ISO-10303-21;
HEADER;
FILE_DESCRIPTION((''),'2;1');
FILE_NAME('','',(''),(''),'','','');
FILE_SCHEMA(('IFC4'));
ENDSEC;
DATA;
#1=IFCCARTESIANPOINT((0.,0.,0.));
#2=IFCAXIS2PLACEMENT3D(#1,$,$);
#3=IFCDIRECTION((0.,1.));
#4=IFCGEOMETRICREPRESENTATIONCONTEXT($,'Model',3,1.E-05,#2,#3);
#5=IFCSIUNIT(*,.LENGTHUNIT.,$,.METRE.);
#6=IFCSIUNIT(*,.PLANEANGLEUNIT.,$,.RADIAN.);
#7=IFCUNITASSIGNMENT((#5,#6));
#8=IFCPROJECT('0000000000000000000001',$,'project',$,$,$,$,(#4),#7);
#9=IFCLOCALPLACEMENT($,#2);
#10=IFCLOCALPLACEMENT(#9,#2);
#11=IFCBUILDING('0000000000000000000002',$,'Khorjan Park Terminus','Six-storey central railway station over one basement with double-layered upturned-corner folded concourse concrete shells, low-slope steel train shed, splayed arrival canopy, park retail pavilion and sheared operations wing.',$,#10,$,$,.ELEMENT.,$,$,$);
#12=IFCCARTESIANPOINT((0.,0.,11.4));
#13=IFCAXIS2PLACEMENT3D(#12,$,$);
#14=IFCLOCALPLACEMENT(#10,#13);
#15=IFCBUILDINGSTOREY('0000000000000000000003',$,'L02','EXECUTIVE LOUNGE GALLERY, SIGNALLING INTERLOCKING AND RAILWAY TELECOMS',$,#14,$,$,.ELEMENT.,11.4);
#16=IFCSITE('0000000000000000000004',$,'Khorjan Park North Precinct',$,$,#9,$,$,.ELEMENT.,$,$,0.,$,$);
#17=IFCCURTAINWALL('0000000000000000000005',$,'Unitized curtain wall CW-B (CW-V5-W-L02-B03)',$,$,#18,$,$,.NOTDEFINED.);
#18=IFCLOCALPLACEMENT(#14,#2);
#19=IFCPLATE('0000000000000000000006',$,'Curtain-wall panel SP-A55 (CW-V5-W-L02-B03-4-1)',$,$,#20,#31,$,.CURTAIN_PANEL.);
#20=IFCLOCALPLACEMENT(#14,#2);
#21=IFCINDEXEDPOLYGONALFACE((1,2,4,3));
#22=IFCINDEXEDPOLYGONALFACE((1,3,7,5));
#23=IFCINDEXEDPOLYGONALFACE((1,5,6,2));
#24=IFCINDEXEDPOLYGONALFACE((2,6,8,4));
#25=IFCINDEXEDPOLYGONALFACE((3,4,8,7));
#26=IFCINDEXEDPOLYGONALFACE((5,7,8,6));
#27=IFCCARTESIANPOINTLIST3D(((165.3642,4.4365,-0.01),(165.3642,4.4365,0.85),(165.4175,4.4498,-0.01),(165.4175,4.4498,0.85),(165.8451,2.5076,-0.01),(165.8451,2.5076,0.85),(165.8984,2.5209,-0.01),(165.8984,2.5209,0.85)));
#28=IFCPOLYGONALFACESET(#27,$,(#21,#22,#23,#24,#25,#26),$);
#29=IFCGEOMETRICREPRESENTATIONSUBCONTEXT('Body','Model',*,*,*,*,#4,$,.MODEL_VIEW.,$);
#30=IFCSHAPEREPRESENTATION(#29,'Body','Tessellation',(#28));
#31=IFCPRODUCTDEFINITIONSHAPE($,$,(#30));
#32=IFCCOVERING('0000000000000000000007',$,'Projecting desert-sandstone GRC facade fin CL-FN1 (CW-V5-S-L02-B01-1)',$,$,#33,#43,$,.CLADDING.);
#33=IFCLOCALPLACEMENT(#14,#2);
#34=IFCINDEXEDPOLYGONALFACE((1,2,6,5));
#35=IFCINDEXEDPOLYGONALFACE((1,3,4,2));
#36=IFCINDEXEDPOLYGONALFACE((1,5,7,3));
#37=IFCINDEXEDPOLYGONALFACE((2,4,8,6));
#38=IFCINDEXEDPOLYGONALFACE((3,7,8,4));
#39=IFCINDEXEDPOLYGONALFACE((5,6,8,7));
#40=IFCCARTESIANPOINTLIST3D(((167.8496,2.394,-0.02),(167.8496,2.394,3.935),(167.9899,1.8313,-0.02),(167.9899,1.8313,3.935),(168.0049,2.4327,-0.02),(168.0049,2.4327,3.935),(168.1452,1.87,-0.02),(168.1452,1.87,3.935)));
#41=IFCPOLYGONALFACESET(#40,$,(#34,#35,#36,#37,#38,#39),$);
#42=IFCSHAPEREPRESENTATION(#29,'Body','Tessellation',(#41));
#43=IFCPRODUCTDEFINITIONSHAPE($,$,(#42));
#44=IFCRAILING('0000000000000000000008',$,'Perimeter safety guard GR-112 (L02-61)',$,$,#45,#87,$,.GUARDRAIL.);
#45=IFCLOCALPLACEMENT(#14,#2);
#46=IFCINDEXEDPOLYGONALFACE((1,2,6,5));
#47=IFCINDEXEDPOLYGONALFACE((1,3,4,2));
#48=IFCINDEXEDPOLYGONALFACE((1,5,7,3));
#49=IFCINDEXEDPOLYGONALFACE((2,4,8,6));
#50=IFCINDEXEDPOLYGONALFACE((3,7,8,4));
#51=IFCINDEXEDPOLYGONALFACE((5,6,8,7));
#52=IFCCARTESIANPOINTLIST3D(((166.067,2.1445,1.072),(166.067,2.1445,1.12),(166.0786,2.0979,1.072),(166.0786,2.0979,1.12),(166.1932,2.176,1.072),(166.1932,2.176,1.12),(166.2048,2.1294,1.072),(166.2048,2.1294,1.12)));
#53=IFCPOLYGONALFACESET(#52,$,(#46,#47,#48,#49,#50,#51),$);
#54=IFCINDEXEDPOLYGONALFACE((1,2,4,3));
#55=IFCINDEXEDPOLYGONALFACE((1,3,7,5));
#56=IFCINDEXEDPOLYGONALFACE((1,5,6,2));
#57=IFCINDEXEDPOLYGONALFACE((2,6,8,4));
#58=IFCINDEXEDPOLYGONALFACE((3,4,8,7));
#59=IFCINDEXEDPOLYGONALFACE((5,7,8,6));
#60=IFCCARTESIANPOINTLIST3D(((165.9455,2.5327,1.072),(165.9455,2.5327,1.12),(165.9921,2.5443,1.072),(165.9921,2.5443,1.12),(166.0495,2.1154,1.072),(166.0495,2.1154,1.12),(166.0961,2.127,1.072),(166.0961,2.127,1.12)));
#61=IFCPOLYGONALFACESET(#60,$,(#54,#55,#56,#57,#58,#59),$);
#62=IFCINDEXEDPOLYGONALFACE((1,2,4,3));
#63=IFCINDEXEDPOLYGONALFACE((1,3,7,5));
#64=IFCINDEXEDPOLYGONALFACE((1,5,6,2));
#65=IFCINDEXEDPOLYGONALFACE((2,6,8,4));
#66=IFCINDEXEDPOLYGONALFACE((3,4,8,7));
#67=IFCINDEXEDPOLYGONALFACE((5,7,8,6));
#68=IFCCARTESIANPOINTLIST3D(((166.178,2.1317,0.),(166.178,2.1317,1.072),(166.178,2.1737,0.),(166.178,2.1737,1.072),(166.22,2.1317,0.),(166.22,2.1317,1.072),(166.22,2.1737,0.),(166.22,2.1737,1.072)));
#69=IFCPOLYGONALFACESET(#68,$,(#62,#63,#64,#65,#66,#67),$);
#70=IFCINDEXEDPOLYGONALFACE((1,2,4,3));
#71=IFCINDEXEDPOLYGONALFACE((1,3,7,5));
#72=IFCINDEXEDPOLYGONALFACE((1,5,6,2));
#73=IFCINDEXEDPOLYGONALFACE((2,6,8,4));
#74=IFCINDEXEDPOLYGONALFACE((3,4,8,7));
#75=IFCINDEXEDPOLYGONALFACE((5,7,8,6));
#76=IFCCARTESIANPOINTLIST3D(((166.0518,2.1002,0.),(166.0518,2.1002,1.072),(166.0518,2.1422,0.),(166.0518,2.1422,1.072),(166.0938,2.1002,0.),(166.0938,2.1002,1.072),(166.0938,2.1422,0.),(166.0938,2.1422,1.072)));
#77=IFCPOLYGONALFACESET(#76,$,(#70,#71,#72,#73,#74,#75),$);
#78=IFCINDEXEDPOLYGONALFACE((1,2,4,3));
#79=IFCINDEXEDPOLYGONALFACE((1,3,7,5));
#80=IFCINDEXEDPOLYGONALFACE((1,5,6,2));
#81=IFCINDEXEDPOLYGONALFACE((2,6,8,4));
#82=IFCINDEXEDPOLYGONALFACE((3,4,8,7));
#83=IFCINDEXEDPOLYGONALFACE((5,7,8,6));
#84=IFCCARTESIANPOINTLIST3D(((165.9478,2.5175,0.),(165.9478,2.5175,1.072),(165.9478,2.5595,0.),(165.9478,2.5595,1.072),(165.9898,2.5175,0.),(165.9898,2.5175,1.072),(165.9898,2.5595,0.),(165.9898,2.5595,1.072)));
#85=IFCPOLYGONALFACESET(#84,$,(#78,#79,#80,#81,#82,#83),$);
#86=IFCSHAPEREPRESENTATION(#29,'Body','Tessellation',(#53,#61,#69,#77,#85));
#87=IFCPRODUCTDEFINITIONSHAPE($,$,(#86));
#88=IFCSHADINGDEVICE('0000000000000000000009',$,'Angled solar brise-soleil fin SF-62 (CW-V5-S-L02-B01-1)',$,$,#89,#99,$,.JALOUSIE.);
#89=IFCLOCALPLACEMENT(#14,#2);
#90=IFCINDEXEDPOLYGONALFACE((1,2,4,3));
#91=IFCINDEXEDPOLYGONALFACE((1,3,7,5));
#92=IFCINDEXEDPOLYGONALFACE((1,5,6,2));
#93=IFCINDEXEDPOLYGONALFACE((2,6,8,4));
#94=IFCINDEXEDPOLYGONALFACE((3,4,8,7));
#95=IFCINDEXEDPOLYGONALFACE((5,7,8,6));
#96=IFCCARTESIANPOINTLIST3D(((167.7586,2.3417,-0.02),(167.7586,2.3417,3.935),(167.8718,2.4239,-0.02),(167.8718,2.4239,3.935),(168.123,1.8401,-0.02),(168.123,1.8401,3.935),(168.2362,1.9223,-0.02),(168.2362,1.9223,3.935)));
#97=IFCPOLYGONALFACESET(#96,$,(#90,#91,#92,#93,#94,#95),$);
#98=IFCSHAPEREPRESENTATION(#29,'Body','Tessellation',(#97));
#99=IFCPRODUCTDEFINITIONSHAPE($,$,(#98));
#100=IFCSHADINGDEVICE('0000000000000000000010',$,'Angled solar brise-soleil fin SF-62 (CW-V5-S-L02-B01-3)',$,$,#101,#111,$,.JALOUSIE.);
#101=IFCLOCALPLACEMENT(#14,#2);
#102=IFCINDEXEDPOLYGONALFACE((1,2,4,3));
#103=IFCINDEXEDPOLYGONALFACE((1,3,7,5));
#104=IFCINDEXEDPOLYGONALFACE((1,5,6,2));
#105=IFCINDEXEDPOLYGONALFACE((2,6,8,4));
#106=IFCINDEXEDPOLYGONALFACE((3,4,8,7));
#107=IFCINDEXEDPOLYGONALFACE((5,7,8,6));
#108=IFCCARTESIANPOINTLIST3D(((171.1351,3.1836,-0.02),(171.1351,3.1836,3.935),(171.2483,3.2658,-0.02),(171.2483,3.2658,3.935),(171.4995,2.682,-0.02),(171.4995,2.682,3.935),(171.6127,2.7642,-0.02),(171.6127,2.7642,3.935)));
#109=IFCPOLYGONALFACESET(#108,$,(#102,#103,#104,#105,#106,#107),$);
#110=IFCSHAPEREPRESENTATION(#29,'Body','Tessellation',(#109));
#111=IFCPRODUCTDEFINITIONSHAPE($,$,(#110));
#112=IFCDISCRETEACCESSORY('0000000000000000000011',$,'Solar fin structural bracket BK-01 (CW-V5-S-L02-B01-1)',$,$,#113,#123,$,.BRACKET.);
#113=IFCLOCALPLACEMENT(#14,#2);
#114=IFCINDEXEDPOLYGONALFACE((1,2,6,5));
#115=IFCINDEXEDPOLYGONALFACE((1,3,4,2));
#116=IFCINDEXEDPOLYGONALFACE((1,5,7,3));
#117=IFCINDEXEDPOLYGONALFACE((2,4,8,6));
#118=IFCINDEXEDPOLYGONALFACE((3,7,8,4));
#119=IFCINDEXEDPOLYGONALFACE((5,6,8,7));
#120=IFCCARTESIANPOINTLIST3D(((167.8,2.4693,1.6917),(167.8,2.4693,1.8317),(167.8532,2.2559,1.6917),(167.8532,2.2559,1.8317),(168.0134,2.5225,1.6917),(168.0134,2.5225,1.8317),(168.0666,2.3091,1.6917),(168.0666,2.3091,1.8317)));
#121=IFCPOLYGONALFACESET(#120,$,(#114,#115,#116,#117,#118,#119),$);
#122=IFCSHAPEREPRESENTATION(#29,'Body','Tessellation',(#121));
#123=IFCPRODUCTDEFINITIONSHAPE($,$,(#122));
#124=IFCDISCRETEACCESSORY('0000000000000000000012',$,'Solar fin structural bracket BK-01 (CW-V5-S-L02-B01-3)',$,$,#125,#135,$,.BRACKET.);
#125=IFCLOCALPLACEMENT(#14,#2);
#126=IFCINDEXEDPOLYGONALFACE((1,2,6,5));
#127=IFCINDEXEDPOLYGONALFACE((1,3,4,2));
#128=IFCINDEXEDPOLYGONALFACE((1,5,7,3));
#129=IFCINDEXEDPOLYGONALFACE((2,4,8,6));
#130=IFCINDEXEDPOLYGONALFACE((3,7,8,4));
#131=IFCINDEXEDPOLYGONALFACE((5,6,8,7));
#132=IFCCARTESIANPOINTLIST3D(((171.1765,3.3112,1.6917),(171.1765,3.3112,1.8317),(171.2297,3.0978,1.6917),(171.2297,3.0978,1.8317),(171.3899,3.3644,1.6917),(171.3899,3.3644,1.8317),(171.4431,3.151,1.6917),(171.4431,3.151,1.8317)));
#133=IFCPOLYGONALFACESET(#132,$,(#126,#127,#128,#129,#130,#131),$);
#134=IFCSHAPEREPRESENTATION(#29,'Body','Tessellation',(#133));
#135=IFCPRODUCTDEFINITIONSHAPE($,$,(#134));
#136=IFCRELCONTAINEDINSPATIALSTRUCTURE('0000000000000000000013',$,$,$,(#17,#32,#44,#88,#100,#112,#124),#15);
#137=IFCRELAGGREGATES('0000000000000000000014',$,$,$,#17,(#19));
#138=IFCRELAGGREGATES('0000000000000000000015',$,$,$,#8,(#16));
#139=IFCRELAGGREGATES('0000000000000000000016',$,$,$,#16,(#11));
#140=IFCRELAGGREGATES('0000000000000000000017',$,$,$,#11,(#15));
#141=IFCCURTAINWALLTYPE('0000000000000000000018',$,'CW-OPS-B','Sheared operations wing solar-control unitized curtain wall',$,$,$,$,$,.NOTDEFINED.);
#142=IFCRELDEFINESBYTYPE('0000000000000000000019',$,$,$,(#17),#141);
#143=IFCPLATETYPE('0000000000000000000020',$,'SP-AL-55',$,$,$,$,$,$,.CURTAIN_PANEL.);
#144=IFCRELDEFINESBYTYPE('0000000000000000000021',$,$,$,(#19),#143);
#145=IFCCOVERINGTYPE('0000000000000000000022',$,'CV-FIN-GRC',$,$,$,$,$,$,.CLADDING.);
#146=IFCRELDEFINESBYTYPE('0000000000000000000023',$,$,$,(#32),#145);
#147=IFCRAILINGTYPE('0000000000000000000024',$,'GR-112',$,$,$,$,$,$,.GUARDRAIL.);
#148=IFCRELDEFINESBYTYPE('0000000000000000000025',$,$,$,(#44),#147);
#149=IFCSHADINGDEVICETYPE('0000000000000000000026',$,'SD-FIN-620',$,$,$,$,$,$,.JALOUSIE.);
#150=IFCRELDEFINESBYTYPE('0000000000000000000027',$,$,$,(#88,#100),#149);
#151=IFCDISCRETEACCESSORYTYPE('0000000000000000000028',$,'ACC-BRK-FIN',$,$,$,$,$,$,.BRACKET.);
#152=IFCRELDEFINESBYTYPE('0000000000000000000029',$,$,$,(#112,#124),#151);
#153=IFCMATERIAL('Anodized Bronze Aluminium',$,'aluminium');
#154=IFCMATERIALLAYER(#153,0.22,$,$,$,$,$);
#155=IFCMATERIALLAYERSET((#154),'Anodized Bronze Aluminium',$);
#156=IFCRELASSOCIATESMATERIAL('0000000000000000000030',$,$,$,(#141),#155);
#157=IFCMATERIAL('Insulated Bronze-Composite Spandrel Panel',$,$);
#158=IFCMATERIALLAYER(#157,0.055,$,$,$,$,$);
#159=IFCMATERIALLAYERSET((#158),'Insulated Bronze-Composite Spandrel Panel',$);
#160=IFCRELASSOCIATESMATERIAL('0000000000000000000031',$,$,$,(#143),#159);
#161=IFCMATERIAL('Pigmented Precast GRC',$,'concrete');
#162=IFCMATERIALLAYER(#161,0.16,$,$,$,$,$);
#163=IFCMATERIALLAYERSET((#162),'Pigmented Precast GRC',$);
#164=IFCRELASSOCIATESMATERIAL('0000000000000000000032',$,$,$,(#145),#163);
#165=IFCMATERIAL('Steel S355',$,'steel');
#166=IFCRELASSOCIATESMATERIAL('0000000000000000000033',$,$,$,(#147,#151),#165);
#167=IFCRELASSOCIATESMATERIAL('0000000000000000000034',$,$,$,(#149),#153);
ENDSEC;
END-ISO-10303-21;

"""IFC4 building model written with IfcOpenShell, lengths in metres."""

from ifc_helpers import new_model, si_unit, direction, frame, origin, origin_2d, place, context, subcontext, project, spatial, rectangle, extrude, material, layer, layer_set, type_object, element, aggregate, save


model = new_model("IFC4")

# Units and contexts
model_context = context("Model", 3, precision=1e-05, world=origin(), true_north=direction((0.0, 1.0)))
body_context = subcontext(model_context, "Body", "Model", "MODEL_VIEW")
ifc_project = project(units=[si_unit("LENGTHUNIT", "METRE"), si_unit("PLANEANGLEUNIT", "RADIAN")], contexts=[model_context])

# Site, building, storey
site_placement = place(None, origin())
site = spatial("IfcSite", under=ifc_project, at=site_placement, Name="Khorjan Park North Precinct", CompositionType="ELEMENT", RefElevation=0.0)
building_placement = place(site_placement, origin())
building = spatial("IfcBuilding", under=site, at=building_placement, Name="Khorjan Park Terminus", Description="Six-storey central railway station over one basement with double-layered upturned-corner folded concourse concrete shells, low-slope steel train shed, splayed arrival canopy, park retail pavilion and sheared operations wing.", CompositionType="ELEMENT")
storey_placement = place(building_placement, frame((0.0, 0.0, 11.4)))
storey = spatial("IfcBuildingStorey", under=building, at=storey_placement, Name="L02", Description="EXECUTIVE LOUNGE GALLERY, SIGNALLING INTERLOCKING AND RAILWAY TELECOMS", CompositionType="ELEMENT", Elevation=11.4)

# Shared definitions
ifc_material_1 = material(Name="Steel S355", Category="steel")

# Shared definitions
ifc_material_2 = material(Name="Anodized Bronze Aluminium", Category="aluminium")
ifc_layer_1 = layer(ifc_material_2, 0.22)
ifc_layer_set_1 = layer_set([ifc_layer_1], Name="Anodized Bronze Aluminium")
curtain_wall_type = type_object("IfcCurtainWallType", Name="CW-OPS-B", Description="Sheared operations wing solar-control unitized curtain wall", PredefinedType="NOTDEFINED", material=ifc_layer_set_1)

# Curtain wall
curtain_wall_1_placement = place(storey_placement, origin())
curtain_wall_1 = element("IfcCurtainWall", 1, at=curtain_wall_1_placement, inside=storey, type_object=curtain_wall_type, Name="Unitized curtain wall CW-B (CW-V5-W-L02-B03)", PredefinedType="NOTDEFINED")

# Plate
ifc_material_3 = material(Name="Insulated Bronze-Composite Spandrel Panel")
ifc_layer_2 = layer(ifc_material_3, 0.055)
ifc_layer_set_2 = layer_set([ifc_layer_2], Name="Insulated Bronze-Composite Spandrel Panel")
plate_type_1 = type_object("IfcPlateType", Name="SP-AL-55", PredefinedType="CURTAIN_PANEL", material=ifc_layer_set_2)
plate_1_placement = place(storey_placement, frame((165.6313, 3.4787, -0.01), z_axis=(0.0, 0.0, 1.0), x_axis=(0.24192, -0.970296, 0.0)))
plate_1 = element("IfcPlate", 2, at=plate_1_placement, type_object=plate_type_1, Name="Curtain-wall panel SP-A55 (CW-V5-W-L02-B03-4-1)", PredefinedType="CURTAIN_PANEL", context=body_context, shape_type="SweptSolid", body=[
    extrude(rectangle(XDim=1.9879, YDim=0.055, at=origin_2d()), origin(), (0.0, 0.0, 1.0), 0.86),
])
aggregate(curtain_wall_1, [plate_1])

# Covering
ifc_material_4 = material(Name="Pigmented Precast GRC", Category="concrete")
ifc_layer_3 = layer(ifc_material_4, 0.16)
ifc_layer_set_3 = layer_set([ifc_layer_3], Name="Pigmented Precast GRC")
covering_type = type_object("IfcCoveringType", Name="CV-FIN-GRC", PredefinedType="CLADDING", material=ifc_layer_set_3)
covering_placement = place(storey_placement, frame((167.9974, 2.132, -0.02), z_axis=(0.0, 0.0, 1.0), x_axis=(-0.241922, 0.970296, 0.0)))
element("IfcCovering", 3, at=covering_placement, inside=storey, type_object=covering_type, Name="Projecting desert-sandstone GRC facade fin CL-FN1 (CW-V5-S-L02-B01-1)", PredefinedType="CLADDING", context=body_context, shape_type="SweptSolid", body=[
    extrude(rectangle(XDim=0.58, YDim=0.16, at=origin_2d()), origin(), (0.0, 0.0, 1.0), 3.955),
])

# Railing
railing_type = type_object("IfcRailingType", Name="GR-112", PredefinedType="GUARDRAIL", material=ifc_material_1)
railing_placement = place(storey_placement, frame((166.199, 2.1527, 0.0)))
element("IfcRailing", 4, at=railing_placement, inside=storey, type_object=railing_type, Name="Perimeter safety guard GR-112 (L02-61)", PredefinedType="GUARDRAIL", context=body_context, shape_type="SweptSolid", body=[
    extrude(rectangle(XDim=0.048, YDim=0.048, at=origin_2d()), frame((0.0, 0.0, 1.096), z_axis=(-0.970233, -0.242174, 0.0), x_axis=(0.242174, -0.970233, 0.0)), (0.0, 0.0, 1.0), 0.1301),
    extrude(rectangle(XDim=0.048, YDim=0.048, at=origin_2d()), frame((-0.1262, -0.0315, 1.096), z_axis=(-0.241824, 0.97032, 0.0), x_axis=(-0.97032, -0.241824, 0.0)), (0.0, 0.0, 1.0), 0.4301),
    extrude(rectangle(XDim=0.042, YDim=0.042, at=origin_2d()), origin(), (0.0, 0.0, 1.0), 1.072),
    extrude(rectangle(XDim=0.042, YDim=0.042, at=origin_2d()), frame((-0.1262, -0.0315, 0.0)), (0.0, 0.0, 1.0), 1.072),
    extrude(rectangle(XDim=0.042, YDim=0.042, at=origin_2d()), frame((-0.2302, 0.3858, 0.0)), (0.0, 0.0, 1.0), 1.072),
])

# Shading devices
shading_device_type = type_object("IfcShadingDeviceType", Name="SD-FIN-620", PredefinedType="JALOUSIE", material=ifc_material_2)
for number, where, z_axis, x_axis, name in (
    (5, (167.9974, 2.132, -0.02), (0.0, 0.0, 1.0), (-0.587785, 0.809017, 0.0), "Angled solar brise-soleil fin SF-62 (CW-V5-S-L02-B01-1)"),
    (6, (171.3739, 2.9739, -0.02), (0.0, 0.0, 1.0), (-0.587785, 0.809017, 0.0), "Angled solar brise-soleil fin SF-62 (CW-V5-S-L02-B01-3)"),
):
    element("IfcShadingDevice", number, at=place(storey_placement, frame(where, z_axis=z_axis, x_axis=x_axis)), inside=storey, type_object=shading_device_type, Name=name, PredefinedType="JALOUSIE", context=body_context, shape_type="SweptSolid", body=[
        extrude(rectangle(XDim=0.62, YDim=0.14, at=origin_2d()), origin(), (0.0, 0.0, 1.0), 3.955),
    ])

# Discrete accessories
discrete_accessory_type = type_object("IfcDiscreteAccessoryType", Name="ACC-BRK-FIN", PredefinedType="BRACKET", material=ifc_material_1)
for number, where, z_axis, x_axis, name in (
    (7, (167.9333, 2.3892, 1.6917), (0.0, 0.0, 1.0), (0.970296, 0.241923, 0.0), "Solar fin structural bracket BK-01 (CW-V5-S-L02-B01-1)"),
    (8, (171.3098, 3.2311, 1.6917), (0.0, 0.0, 1.0), (0.970296, 0.241923, 0.0), "Solar fin structural bracket BK-01 (CW-V5-S-L02-B01-3)"),
):
    element("IfcDiscreteAccessory", number, at=place(storey_placement, frame(where, z_axis=z_axis, x_axis=x_axis)), inside=storey, type_object=discrete_accessory_type, Name=name, PredefinedType="BRACKET", context=body_context, shape_type="SweptSolid", body=[
        extrude(rectangle(XDim=0.22, YDim=0.22, at=origin_2d()), origin(), (0.0, 0.0, 1.0), 0.14),
    ])

save(model, "model.ifc")
